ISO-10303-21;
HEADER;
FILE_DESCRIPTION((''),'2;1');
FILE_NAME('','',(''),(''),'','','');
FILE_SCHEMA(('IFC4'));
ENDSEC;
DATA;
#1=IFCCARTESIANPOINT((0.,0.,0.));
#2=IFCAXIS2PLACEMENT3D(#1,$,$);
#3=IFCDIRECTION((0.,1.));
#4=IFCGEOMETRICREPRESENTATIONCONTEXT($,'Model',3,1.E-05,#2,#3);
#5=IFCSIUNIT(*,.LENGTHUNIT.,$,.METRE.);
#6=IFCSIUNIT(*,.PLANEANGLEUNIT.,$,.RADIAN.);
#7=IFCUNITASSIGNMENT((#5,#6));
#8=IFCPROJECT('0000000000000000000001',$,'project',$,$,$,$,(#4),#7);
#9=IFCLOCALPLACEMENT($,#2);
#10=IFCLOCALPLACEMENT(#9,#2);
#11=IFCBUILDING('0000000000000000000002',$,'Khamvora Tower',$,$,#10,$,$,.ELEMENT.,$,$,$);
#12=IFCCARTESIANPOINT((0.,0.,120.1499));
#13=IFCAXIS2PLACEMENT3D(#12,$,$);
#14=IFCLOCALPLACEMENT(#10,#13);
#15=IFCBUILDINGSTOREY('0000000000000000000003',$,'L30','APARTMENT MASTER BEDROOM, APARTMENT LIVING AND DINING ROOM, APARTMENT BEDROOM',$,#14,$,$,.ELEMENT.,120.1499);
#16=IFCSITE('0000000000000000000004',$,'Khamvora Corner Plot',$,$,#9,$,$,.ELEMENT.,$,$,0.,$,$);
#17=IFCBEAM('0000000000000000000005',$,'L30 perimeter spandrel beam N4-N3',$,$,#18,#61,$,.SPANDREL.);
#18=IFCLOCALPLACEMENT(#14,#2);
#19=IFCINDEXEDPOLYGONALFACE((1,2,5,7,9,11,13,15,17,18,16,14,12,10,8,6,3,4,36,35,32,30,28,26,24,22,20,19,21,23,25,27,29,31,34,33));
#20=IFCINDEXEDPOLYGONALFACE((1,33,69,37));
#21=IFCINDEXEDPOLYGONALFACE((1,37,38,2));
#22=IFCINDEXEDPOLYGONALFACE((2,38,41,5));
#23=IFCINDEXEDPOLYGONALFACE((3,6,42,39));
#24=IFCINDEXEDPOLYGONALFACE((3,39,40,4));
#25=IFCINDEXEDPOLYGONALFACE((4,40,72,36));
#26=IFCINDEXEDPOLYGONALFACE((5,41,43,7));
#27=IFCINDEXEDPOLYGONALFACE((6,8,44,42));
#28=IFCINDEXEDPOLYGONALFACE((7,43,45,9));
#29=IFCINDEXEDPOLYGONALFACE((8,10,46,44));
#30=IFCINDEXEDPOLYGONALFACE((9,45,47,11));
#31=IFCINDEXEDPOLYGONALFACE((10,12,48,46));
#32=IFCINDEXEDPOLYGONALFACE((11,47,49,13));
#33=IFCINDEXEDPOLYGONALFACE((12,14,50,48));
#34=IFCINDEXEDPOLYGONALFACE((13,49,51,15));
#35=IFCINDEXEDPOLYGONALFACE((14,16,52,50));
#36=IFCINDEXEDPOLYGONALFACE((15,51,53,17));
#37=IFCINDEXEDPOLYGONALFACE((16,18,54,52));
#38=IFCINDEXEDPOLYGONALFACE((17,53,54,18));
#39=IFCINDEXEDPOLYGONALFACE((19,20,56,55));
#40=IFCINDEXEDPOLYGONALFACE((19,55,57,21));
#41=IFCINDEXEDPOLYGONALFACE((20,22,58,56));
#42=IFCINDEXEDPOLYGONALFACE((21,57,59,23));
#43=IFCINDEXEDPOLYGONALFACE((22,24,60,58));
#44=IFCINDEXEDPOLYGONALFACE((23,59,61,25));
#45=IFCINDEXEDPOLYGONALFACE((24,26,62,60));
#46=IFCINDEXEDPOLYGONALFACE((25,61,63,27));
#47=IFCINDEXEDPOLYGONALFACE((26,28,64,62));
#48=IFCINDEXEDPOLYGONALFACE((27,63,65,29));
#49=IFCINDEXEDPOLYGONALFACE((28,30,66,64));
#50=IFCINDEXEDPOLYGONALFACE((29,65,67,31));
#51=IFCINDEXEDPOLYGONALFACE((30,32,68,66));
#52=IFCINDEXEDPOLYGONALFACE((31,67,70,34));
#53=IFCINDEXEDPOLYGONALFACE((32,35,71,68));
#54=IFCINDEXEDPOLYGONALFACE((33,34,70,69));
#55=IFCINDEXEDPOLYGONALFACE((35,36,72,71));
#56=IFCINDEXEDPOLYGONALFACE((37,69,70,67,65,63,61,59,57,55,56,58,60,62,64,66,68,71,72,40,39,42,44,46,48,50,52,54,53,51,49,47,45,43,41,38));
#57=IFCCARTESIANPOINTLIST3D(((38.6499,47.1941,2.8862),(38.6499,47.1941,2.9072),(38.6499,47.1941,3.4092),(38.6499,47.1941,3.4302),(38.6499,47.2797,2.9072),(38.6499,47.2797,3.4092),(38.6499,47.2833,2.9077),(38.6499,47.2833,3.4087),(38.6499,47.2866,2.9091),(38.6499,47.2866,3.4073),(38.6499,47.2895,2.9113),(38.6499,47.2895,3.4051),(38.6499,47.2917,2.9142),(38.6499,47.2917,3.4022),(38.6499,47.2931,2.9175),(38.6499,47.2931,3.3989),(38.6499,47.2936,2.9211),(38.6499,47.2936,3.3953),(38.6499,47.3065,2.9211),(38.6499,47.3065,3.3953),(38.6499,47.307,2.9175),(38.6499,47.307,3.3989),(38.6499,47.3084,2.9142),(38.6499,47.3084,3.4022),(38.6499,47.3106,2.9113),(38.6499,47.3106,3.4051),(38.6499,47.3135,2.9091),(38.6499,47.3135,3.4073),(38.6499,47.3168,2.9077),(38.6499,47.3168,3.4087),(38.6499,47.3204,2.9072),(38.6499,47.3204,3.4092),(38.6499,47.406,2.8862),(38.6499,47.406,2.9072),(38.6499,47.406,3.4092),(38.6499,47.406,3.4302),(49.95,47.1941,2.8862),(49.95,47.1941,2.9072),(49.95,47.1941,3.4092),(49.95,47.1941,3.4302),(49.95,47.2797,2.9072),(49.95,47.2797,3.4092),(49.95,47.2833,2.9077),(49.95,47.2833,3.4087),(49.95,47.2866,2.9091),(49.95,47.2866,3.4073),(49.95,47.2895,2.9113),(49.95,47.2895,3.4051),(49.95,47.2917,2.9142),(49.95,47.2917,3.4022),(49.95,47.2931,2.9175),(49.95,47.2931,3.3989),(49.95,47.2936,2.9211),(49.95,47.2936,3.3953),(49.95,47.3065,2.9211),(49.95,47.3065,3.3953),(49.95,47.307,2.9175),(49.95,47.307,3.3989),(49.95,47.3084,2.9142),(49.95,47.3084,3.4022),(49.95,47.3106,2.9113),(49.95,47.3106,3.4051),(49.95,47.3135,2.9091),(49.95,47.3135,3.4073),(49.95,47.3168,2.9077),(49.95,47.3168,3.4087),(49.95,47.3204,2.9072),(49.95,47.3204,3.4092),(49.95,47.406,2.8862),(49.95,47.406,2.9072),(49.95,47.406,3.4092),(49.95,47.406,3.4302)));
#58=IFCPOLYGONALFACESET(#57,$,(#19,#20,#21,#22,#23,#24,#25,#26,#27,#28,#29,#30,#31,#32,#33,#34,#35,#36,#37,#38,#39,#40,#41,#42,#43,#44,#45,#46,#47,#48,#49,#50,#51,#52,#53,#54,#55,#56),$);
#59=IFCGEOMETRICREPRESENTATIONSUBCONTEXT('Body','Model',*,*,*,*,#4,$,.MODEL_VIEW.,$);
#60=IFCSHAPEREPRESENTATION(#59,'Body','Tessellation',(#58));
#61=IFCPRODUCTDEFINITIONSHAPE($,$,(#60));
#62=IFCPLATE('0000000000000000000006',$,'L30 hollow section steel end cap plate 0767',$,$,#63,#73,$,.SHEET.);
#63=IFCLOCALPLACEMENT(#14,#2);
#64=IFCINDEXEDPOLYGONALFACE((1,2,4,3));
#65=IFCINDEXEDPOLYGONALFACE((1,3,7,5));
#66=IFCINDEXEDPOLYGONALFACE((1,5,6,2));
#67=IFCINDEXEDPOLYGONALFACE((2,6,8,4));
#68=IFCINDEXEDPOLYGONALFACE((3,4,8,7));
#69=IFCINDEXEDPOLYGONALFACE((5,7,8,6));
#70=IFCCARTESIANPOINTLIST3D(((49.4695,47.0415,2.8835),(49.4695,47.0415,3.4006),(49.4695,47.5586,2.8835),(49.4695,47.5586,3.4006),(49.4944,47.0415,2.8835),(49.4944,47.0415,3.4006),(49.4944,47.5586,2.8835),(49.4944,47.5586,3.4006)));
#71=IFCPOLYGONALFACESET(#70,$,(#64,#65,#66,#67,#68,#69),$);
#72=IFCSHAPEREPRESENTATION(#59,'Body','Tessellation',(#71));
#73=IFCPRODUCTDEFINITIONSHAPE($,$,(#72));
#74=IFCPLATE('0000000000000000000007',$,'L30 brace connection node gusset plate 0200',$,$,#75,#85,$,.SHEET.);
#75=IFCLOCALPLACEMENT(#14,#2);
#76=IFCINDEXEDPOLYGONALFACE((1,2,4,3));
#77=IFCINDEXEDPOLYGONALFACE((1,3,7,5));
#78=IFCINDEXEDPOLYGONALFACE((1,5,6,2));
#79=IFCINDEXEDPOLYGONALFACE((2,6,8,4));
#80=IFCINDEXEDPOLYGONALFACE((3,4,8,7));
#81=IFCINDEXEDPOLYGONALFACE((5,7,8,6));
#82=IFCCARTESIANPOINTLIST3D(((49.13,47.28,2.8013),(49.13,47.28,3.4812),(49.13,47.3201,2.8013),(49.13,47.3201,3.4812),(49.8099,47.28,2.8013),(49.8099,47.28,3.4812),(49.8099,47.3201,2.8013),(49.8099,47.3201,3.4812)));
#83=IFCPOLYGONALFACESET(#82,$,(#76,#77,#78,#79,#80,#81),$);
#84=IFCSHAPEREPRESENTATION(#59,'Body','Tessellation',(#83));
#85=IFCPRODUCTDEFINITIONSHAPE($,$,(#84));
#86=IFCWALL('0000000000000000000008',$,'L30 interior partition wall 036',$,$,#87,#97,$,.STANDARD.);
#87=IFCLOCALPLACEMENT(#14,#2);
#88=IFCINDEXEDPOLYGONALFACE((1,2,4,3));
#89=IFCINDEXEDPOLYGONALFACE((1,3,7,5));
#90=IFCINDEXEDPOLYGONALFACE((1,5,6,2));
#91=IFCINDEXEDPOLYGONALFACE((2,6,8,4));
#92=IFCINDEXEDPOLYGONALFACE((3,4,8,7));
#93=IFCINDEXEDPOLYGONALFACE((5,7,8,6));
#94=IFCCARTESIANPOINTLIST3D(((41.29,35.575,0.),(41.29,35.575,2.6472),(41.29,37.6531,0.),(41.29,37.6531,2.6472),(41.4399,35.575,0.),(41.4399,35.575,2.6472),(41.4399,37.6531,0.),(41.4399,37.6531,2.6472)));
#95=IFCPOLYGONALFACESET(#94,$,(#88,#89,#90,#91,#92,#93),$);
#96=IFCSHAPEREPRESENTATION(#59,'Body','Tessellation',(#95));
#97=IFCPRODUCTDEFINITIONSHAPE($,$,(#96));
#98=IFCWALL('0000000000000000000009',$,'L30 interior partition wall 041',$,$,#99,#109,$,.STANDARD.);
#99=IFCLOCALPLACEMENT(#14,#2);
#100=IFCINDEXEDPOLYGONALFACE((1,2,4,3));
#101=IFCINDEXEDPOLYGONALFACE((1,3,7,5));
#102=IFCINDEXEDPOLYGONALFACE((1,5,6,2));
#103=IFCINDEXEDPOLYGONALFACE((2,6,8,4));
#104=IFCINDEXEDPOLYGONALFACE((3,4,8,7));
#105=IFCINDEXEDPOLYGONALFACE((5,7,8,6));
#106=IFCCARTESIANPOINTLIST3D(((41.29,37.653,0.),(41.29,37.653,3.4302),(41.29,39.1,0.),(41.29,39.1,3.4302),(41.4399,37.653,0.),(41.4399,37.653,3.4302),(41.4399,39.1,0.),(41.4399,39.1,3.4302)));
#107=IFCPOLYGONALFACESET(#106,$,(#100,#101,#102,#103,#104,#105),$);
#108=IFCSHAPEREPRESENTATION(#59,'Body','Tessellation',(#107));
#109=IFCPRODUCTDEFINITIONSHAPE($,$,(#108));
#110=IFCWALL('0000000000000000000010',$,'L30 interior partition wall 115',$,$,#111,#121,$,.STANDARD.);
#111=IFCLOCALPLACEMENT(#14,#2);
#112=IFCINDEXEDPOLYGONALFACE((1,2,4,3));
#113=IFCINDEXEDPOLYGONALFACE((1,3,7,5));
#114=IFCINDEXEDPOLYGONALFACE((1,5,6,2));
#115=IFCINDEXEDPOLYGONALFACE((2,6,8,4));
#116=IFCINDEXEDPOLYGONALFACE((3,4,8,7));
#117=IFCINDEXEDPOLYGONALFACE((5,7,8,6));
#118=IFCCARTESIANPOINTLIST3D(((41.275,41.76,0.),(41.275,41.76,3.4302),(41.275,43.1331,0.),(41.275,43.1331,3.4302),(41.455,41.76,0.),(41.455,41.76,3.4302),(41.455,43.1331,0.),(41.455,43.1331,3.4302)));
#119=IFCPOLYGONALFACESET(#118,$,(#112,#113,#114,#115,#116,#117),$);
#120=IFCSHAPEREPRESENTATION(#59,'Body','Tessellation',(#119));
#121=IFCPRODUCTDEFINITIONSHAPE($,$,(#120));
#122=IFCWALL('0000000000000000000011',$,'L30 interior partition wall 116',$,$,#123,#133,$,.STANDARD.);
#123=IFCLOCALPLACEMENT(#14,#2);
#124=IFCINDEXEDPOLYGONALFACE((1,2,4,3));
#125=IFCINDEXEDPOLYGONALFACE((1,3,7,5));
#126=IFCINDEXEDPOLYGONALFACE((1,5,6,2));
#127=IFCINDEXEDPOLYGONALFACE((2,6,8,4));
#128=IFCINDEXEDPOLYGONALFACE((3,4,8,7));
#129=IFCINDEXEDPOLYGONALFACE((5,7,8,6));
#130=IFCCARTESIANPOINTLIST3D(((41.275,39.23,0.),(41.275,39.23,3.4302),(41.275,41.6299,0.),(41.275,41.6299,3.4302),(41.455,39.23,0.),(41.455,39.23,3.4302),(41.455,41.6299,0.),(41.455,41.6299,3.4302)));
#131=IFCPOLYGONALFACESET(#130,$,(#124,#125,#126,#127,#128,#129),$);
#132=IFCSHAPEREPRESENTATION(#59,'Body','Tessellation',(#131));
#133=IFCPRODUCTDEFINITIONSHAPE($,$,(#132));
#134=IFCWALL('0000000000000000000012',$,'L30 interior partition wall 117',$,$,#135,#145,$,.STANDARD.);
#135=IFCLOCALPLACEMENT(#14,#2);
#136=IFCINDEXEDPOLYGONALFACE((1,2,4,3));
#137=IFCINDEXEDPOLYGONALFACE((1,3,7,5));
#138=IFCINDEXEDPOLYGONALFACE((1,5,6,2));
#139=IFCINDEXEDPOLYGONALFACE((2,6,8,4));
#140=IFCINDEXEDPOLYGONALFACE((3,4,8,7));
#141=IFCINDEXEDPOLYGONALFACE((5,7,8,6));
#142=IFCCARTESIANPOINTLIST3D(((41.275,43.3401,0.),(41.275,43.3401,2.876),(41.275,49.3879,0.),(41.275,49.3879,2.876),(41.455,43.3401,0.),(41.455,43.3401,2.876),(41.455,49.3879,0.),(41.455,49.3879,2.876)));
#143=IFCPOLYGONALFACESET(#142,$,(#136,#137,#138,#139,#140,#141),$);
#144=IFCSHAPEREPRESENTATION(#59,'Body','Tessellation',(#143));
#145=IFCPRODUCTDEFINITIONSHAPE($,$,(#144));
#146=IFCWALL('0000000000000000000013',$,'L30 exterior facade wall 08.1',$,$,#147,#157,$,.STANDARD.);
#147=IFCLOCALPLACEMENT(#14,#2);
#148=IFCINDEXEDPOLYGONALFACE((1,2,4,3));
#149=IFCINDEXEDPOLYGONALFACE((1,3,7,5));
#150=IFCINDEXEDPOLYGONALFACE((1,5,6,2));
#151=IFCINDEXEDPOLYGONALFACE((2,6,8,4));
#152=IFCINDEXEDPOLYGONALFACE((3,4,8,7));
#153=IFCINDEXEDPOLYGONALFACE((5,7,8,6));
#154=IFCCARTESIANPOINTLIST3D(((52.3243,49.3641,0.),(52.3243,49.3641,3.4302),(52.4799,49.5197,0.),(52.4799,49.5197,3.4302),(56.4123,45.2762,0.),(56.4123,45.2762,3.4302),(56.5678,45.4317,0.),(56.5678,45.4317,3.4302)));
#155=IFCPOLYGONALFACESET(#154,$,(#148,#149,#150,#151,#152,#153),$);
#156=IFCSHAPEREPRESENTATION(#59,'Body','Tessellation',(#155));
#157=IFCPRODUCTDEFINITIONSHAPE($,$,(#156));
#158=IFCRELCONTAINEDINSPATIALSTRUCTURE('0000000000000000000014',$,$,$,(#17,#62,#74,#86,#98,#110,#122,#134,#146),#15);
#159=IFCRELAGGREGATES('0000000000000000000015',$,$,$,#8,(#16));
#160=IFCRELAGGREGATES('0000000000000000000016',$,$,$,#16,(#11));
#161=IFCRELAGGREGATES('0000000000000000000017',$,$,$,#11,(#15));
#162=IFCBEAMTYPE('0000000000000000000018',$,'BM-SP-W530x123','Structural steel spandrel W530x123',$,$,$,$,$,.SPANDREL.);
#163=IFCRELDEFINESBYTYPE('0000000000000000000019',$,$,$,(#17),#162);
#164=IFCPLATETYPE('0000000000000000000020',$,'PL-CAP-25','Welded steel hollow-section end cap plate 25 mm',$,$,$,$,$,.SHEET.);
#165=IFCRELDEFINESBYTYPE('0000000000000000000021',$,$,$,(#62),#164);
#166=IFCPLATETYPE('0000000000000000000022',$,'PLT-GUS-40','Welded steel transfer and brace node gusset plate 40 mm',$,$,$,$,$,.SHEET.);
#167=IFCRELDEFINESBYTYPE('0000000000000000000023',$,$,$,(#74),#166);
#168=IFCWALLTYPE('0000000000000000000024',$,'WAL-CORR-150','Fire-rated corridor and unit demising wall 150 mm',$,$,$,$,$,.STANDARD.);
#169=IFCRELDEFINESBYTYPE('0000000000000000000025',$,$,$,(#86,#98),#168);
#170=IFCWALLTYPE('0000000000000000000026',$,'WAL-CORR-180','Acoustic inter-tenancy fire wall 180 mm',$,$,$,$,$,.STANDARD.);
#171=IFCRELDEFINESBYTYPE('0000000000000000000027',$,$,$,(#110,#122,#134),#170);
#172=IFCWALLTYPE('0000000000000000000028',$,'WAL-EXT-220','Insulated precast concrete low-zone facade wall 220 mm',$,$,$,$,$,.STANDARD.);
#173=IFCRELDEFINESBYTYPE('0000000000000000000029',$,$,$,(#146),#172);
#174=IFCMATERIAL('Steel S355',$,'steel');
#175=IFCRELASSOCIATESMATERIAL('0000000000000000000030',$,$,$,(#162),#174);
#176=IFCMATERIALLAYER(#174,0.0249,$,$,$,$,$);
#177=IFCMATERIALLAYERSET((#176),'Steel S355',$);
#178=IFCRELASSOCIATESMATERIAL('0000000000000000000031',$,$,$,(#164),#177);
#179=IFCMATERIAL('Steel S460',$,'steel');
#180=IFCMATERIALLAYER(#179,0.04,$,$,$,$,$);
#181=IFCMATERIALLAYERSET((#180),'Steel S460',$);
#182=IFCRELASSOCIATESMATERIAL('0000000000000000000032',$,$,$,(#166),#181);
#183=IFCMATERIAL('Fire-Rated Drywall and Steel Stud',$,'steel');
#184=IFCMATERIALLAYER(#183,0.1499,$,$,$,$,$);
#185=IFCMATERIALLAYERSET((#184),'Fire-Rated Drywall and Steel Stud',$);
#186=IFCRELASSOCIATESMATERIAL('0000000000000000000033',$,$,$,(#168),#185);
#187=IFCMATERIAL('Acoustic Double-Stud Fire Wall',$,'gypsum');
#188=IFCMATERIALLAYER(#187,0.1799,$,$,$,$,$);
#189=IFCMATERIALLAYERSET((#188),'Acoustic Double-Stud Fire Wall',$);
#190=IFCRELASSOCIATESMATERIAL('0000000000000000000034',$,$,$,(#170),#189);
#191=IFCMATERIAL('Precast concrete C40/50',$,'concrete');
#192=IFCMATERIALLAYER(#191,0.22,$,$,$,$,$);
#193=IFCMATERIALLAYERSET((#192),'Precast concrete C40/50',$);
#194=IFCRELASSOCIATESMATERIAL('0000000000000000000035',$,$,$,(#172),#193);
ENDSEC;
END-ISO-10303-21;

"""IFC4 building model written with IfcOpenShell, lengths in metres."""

from ifc_helpers import new_model, si_unit, direction, frame, frame_2d, origin, origin_2d, place, context, subcontext, project, spatial, rectangle, i_section, extrude, material, layer, layer_set, material_profile, profile_set, type_object, element, save


model = new_model("IFC4")

# Units and contexts
model_context = context("Model", 3, precision=1e-05, world=origin(), true_north=direction((0.0, 1.0)))
body_context = subcontext(model_context, "Body", "Model", "MODEL_VIEW")
ifc_project = project(units=[si_unit("LENGTHUNIT", "METRE"), si_unit("PLANEANGLEUNIT", "RADIAN")], contexts=[model_context])

# Site, building, storey
site_placement = place(None, origin())
site = spatial("IfcSite", under=ifc_project, at=site_placement, Name="Khamvora Corner Plot", CompositionType="ELEMENT", RefElevation=0.0)
building_placement = place(site_placement, origin())
building = spatial("IfcBuilding", under=site, at=building_placement, Name="Khamvora Tower", CompositionType="ELEMENT")
storey_placement = place(building_placement, frame((0.0, 0.0, 120.1499)))
storey = spatial("IfcBuildingStorey", under=building, at=storey_placement, Name="L30", Description="APARTMENT MASTER BEDROOM, APARTMENT LIVING AND DINING ROOM, APARTMENT BEDROOM", CompositionType="ELEMENT", Elevation=120.1499)

# Shared definitions
ifc_material_1 = material(Name="Steel S355", Category="steel")

# Beam
ifc_material_profile_1 = material_profile(ifc_material_1, i_section(OverallWidth=0.2119, OverallDepth=0.5439, WebThickness=0.0129, FlangeThickness=0.021, FilletRadius=0.0139, at=origin_2d()), Name="W530x123")
ifc_profile_set_1 = profile_set([ifc_material_profile_1], Name="Steel S355")
beam_type_1 = type_object("IfcBeamType", Name="BM-SP-W530x123", Description="Structural steel spandrel W530x123", PredefinedType="SPANDREL", material=ifc_profile_set_1)
beam_1_placement = place(storey_placement, frame((49.95, 47.3, 3.1582), z_axis=(-1.0, 0.0, 0.0), x_axis=(0.0, -1.0, 0.0)))
element("IfcBeam", 1, at=beam_1_placement, inside=storey, type_object=beam_type_1, Name="L30 perimeter spandrel beam N4-N3", PredefinedType="SPANDREL", context=body_context, shape_type="SweptSolid", body=[
    extrude(i_section(OverallWidth=0.2119, OverallDepth=0.5439, WebThickness=0.0129, FlangeThickness=0.021, FilletRadius=0.0139, at=origin_2d()), origin(), (0.0, 0.0, 1.0), 11.3),
])

# Plates
ifc_layer_1 = layer(ifc_material_1, 0.0249)
ifc_layer_set_1 = layer_set([ifc_layer_1], Name="Steel S355")
plate_type_1 = type_object("IfcPlateType", Name="PL-CAP-25", Description="Welded steel hollow-section end cap plate 25 mm", PredefinedType="SHEET", material=ifc_layer_set_1)
plate_1_placement = place(storey_placement, frame((49.4819, 47.3, 2.8835), z_axis=(0.0, 0.0, 1.0), x_axis=(1.0, 0.0, 0.0)))
element("IfcPlate", 2, at=plate_1_placement, inside=storey, type_object=plate_type_1, Name="L30 hollow section steel end cap plate 0767", PredefinedType="SHEET", context=body_context, shape_type="SweptSolid", body=[
    extrude(rectangle(XDim=0.0249, YDim=0.5171, at=origin_2d()), origin(), (0.0, 0.0, 1.0), 0.5171),
])
ifc_material_2 = material(Name="Steel S460", Category="steel")
ifc_layer_2 = layer(ifc_material_2, 0.04)
ifc_layer_set_2 = layer_set([ifc_layer_2], Name="Steel S460")
plate_type_2 = type_object("IfcPlateType", Name="PLT-GUS-40", Description="Welded steel transfer and brace node gusset plate 40 mm", PredefinedType="SHEET", material=ifc_layer_set_2)
plate_2_placement = place(storey_placement, frame((49.47, 47.3, 2.8013), z_axis=(0.0, 0.0, 1.0), x_axis=(1.0, 0.0, 0.0)))
element("IfcPlate", 3, at=plate_2_placement, inside=storey, type_object=plate_type_2, Name="L30 brace connection node gusset plate 0200", PredefinedType="SHEET", context=body_context, shape_type="SweptSolid", body=[
    extrude(rectangle(XDim=0.6799, YDim=0.04, at=origin_2d()), origin(), (0.0, 0.0, 1.0), 0.6799),
])

# Walls
ifc_material_3 = material(Name="Fire-Rated Drywall and Steel Stud", Category="steel")
ifc_layer_3 = layer(ifc_material_3, 0.1499)
ifc_layer_set_3 = layer_set([ifc_layer_3], Name="Fire-Rated Drywall and Steel Stud")
wall_type_1 = type_object("IfcWallType", Name="WAL-CORR-150", Description="Fire-rated corridor and unit demising wall 150 mm", PredefinedType="STANDARD", material=ifc_layer_set_3)
wall_1_placement = place(storey_placement, frame((41.365, 37.6531, 0.0), z_axis=(0.0, 0.0, 1.0), x_axis=(0.0, -1.0, 0.0)))
element("IfcWall", 4, at=wall_1_placement, inside=storey, type_object=wall_type_1, Name="L30 interior partition wall 036", PredefinedType="STANDARD", context=body_context, shape_type="SweptSolid", body=[
    extrude(rectangle(XDim=2.0781, YDim=0.1499, at=frame_2d((1.0391, 0.0))), origin(), (0.0, 0.0, 1.0), 2.6472),
])
wall_2_placement = place(storey_placement, frame((41.365, 39.1001, 0.0), z_axis=(0.0, 0.0, 1.0), x_axis=(0.0, -1.0, 0.0)))
element("IfcWall", 5, at=wall_2_placement, inside=storey, type_object=wall_type_1, Name="L30 interior partition wall 041", PredefinedType="STANDARD", context=body_context, shape_type="SweptSolid", body=[
    extrude(rectangle(XDim=1.447, YDim=0.1499, at=frame_2d((0.7236, 0.0))), origin(), (0.0, 0.0, 1.0), 3.4302),
])
ifc_material_4 = material(Name="Acoustic Double-Stud Fire Wall", Category="gypsum")
ifc_layer_4 = layer(ifc_material_4, 0.1799)
ifc_layer_set_4 = layer_set([ifc_layer_4], Name="Acoustic Double-Stud Fire Wall")
wall_type_2 = type_object("IfcWallType", Name="WAL-CORR-180", Description="Acoustic inter-tenancy fire wall 180 mm", PredefinedType="STANDARD", material=ifc_layer_set_4)
wall_3_placement = place(storey_placement, frame((41.365, 43.1331, 0.0), z_axis=(0.0, 0.0, 1.0), x_axis=(0.0, -1.0, 0.0)))
element("IfcWall", 6, at=wall_3_placement, inside=storey, type_object=wall_type_2, Name="L30 interior partition wall 115", PredefinedType="STANDARD", context=body_context, shape_type="SweptSolid", body=[
    extrude(rectangle(XDim=1.373, YDim=0.1799, at=frame_2d((0.6865, 0.0))), origin(), (0.0, 0.0, 1.0), 3.4302),
])
wall_4_placement = place(storey_placement, frame((41.365, 41.6299, 0.0), z_axis=(0.0, 0.0, 1.0), x_axis=(0.0, -1.0, 0.0)))
element("IfcWall", 7, at=wall_4_placement, inside=storey, type_object=wall_type_2, Name="L30 interior partition wall 116", PredefinedType="STANDARD", context=body_context, shape_type="SweptSolid", body=[
    extrude(rectangle(XDim=2.3999, YDim=0.1799, at=frame_2d((1.2, 0.0))), origin(), (0.0, 0.0, 1.0), 3.4302),
])
wall_5_placement = place(storey_placement, frame((41.365, 49.3879, 0.0), z_axis=(0.0, 0.0, 1.0), x_axis=(0.0, -1.0, 0.0)))
element("IfcWall", 8, at=wall_5_placement, inside=storey, type_object=wall_type_2, Name="L30 interior partition wall 117", PredefinedType="STANDARD", context=body_context, shape_type="SweptSolid", body=[
    extrude(rectangle(XDim=6.0479, YDim=0.1799, at=frame_2d((3.0239, 0.0))), origin(), (0.0, 0.0, 1.0), 2.876),
])
ifc_material_5 = material(Name="Precast concrete C40/50", Category="concrete")
ifc_layer_5 = layer(ifc_material_5, 0.22)
ifc_layer_set_5 = layer_set([ifc_layer_5], Name="Precast concrete C40/50")
wall_type_3 = type_object("IfcWallType", Name="WAL-EXT-220", Description="Insulated precast concrete low-zone facade wall 220 mm", PredefinedType="STANDARD", material=ifc_layer_set_5)
wall_6_placement = place(storey_placement, frame((52.4021, 49.4419, 0.0), z_axis=(0.0, 0.0, 1.0), x_axis=(0.707107, -0.707107, 0.0)))
element("IfcWall", 9, at=wall_6_placement, inside=storey, type_object=wall_type_3, Name="L30 exterior facade wall 08.1", PredefinedType="STANDARD", context=body_context, shape_type="SweptSolid", body=[
    extrude(rectangle(XDim=5.7812, YDim=0.22, at=frame_2d((2.8906, 0.0))), origin(), (0.0, 0.0, 1.0), 3.4302),
])

save(model, "model.ifc")
